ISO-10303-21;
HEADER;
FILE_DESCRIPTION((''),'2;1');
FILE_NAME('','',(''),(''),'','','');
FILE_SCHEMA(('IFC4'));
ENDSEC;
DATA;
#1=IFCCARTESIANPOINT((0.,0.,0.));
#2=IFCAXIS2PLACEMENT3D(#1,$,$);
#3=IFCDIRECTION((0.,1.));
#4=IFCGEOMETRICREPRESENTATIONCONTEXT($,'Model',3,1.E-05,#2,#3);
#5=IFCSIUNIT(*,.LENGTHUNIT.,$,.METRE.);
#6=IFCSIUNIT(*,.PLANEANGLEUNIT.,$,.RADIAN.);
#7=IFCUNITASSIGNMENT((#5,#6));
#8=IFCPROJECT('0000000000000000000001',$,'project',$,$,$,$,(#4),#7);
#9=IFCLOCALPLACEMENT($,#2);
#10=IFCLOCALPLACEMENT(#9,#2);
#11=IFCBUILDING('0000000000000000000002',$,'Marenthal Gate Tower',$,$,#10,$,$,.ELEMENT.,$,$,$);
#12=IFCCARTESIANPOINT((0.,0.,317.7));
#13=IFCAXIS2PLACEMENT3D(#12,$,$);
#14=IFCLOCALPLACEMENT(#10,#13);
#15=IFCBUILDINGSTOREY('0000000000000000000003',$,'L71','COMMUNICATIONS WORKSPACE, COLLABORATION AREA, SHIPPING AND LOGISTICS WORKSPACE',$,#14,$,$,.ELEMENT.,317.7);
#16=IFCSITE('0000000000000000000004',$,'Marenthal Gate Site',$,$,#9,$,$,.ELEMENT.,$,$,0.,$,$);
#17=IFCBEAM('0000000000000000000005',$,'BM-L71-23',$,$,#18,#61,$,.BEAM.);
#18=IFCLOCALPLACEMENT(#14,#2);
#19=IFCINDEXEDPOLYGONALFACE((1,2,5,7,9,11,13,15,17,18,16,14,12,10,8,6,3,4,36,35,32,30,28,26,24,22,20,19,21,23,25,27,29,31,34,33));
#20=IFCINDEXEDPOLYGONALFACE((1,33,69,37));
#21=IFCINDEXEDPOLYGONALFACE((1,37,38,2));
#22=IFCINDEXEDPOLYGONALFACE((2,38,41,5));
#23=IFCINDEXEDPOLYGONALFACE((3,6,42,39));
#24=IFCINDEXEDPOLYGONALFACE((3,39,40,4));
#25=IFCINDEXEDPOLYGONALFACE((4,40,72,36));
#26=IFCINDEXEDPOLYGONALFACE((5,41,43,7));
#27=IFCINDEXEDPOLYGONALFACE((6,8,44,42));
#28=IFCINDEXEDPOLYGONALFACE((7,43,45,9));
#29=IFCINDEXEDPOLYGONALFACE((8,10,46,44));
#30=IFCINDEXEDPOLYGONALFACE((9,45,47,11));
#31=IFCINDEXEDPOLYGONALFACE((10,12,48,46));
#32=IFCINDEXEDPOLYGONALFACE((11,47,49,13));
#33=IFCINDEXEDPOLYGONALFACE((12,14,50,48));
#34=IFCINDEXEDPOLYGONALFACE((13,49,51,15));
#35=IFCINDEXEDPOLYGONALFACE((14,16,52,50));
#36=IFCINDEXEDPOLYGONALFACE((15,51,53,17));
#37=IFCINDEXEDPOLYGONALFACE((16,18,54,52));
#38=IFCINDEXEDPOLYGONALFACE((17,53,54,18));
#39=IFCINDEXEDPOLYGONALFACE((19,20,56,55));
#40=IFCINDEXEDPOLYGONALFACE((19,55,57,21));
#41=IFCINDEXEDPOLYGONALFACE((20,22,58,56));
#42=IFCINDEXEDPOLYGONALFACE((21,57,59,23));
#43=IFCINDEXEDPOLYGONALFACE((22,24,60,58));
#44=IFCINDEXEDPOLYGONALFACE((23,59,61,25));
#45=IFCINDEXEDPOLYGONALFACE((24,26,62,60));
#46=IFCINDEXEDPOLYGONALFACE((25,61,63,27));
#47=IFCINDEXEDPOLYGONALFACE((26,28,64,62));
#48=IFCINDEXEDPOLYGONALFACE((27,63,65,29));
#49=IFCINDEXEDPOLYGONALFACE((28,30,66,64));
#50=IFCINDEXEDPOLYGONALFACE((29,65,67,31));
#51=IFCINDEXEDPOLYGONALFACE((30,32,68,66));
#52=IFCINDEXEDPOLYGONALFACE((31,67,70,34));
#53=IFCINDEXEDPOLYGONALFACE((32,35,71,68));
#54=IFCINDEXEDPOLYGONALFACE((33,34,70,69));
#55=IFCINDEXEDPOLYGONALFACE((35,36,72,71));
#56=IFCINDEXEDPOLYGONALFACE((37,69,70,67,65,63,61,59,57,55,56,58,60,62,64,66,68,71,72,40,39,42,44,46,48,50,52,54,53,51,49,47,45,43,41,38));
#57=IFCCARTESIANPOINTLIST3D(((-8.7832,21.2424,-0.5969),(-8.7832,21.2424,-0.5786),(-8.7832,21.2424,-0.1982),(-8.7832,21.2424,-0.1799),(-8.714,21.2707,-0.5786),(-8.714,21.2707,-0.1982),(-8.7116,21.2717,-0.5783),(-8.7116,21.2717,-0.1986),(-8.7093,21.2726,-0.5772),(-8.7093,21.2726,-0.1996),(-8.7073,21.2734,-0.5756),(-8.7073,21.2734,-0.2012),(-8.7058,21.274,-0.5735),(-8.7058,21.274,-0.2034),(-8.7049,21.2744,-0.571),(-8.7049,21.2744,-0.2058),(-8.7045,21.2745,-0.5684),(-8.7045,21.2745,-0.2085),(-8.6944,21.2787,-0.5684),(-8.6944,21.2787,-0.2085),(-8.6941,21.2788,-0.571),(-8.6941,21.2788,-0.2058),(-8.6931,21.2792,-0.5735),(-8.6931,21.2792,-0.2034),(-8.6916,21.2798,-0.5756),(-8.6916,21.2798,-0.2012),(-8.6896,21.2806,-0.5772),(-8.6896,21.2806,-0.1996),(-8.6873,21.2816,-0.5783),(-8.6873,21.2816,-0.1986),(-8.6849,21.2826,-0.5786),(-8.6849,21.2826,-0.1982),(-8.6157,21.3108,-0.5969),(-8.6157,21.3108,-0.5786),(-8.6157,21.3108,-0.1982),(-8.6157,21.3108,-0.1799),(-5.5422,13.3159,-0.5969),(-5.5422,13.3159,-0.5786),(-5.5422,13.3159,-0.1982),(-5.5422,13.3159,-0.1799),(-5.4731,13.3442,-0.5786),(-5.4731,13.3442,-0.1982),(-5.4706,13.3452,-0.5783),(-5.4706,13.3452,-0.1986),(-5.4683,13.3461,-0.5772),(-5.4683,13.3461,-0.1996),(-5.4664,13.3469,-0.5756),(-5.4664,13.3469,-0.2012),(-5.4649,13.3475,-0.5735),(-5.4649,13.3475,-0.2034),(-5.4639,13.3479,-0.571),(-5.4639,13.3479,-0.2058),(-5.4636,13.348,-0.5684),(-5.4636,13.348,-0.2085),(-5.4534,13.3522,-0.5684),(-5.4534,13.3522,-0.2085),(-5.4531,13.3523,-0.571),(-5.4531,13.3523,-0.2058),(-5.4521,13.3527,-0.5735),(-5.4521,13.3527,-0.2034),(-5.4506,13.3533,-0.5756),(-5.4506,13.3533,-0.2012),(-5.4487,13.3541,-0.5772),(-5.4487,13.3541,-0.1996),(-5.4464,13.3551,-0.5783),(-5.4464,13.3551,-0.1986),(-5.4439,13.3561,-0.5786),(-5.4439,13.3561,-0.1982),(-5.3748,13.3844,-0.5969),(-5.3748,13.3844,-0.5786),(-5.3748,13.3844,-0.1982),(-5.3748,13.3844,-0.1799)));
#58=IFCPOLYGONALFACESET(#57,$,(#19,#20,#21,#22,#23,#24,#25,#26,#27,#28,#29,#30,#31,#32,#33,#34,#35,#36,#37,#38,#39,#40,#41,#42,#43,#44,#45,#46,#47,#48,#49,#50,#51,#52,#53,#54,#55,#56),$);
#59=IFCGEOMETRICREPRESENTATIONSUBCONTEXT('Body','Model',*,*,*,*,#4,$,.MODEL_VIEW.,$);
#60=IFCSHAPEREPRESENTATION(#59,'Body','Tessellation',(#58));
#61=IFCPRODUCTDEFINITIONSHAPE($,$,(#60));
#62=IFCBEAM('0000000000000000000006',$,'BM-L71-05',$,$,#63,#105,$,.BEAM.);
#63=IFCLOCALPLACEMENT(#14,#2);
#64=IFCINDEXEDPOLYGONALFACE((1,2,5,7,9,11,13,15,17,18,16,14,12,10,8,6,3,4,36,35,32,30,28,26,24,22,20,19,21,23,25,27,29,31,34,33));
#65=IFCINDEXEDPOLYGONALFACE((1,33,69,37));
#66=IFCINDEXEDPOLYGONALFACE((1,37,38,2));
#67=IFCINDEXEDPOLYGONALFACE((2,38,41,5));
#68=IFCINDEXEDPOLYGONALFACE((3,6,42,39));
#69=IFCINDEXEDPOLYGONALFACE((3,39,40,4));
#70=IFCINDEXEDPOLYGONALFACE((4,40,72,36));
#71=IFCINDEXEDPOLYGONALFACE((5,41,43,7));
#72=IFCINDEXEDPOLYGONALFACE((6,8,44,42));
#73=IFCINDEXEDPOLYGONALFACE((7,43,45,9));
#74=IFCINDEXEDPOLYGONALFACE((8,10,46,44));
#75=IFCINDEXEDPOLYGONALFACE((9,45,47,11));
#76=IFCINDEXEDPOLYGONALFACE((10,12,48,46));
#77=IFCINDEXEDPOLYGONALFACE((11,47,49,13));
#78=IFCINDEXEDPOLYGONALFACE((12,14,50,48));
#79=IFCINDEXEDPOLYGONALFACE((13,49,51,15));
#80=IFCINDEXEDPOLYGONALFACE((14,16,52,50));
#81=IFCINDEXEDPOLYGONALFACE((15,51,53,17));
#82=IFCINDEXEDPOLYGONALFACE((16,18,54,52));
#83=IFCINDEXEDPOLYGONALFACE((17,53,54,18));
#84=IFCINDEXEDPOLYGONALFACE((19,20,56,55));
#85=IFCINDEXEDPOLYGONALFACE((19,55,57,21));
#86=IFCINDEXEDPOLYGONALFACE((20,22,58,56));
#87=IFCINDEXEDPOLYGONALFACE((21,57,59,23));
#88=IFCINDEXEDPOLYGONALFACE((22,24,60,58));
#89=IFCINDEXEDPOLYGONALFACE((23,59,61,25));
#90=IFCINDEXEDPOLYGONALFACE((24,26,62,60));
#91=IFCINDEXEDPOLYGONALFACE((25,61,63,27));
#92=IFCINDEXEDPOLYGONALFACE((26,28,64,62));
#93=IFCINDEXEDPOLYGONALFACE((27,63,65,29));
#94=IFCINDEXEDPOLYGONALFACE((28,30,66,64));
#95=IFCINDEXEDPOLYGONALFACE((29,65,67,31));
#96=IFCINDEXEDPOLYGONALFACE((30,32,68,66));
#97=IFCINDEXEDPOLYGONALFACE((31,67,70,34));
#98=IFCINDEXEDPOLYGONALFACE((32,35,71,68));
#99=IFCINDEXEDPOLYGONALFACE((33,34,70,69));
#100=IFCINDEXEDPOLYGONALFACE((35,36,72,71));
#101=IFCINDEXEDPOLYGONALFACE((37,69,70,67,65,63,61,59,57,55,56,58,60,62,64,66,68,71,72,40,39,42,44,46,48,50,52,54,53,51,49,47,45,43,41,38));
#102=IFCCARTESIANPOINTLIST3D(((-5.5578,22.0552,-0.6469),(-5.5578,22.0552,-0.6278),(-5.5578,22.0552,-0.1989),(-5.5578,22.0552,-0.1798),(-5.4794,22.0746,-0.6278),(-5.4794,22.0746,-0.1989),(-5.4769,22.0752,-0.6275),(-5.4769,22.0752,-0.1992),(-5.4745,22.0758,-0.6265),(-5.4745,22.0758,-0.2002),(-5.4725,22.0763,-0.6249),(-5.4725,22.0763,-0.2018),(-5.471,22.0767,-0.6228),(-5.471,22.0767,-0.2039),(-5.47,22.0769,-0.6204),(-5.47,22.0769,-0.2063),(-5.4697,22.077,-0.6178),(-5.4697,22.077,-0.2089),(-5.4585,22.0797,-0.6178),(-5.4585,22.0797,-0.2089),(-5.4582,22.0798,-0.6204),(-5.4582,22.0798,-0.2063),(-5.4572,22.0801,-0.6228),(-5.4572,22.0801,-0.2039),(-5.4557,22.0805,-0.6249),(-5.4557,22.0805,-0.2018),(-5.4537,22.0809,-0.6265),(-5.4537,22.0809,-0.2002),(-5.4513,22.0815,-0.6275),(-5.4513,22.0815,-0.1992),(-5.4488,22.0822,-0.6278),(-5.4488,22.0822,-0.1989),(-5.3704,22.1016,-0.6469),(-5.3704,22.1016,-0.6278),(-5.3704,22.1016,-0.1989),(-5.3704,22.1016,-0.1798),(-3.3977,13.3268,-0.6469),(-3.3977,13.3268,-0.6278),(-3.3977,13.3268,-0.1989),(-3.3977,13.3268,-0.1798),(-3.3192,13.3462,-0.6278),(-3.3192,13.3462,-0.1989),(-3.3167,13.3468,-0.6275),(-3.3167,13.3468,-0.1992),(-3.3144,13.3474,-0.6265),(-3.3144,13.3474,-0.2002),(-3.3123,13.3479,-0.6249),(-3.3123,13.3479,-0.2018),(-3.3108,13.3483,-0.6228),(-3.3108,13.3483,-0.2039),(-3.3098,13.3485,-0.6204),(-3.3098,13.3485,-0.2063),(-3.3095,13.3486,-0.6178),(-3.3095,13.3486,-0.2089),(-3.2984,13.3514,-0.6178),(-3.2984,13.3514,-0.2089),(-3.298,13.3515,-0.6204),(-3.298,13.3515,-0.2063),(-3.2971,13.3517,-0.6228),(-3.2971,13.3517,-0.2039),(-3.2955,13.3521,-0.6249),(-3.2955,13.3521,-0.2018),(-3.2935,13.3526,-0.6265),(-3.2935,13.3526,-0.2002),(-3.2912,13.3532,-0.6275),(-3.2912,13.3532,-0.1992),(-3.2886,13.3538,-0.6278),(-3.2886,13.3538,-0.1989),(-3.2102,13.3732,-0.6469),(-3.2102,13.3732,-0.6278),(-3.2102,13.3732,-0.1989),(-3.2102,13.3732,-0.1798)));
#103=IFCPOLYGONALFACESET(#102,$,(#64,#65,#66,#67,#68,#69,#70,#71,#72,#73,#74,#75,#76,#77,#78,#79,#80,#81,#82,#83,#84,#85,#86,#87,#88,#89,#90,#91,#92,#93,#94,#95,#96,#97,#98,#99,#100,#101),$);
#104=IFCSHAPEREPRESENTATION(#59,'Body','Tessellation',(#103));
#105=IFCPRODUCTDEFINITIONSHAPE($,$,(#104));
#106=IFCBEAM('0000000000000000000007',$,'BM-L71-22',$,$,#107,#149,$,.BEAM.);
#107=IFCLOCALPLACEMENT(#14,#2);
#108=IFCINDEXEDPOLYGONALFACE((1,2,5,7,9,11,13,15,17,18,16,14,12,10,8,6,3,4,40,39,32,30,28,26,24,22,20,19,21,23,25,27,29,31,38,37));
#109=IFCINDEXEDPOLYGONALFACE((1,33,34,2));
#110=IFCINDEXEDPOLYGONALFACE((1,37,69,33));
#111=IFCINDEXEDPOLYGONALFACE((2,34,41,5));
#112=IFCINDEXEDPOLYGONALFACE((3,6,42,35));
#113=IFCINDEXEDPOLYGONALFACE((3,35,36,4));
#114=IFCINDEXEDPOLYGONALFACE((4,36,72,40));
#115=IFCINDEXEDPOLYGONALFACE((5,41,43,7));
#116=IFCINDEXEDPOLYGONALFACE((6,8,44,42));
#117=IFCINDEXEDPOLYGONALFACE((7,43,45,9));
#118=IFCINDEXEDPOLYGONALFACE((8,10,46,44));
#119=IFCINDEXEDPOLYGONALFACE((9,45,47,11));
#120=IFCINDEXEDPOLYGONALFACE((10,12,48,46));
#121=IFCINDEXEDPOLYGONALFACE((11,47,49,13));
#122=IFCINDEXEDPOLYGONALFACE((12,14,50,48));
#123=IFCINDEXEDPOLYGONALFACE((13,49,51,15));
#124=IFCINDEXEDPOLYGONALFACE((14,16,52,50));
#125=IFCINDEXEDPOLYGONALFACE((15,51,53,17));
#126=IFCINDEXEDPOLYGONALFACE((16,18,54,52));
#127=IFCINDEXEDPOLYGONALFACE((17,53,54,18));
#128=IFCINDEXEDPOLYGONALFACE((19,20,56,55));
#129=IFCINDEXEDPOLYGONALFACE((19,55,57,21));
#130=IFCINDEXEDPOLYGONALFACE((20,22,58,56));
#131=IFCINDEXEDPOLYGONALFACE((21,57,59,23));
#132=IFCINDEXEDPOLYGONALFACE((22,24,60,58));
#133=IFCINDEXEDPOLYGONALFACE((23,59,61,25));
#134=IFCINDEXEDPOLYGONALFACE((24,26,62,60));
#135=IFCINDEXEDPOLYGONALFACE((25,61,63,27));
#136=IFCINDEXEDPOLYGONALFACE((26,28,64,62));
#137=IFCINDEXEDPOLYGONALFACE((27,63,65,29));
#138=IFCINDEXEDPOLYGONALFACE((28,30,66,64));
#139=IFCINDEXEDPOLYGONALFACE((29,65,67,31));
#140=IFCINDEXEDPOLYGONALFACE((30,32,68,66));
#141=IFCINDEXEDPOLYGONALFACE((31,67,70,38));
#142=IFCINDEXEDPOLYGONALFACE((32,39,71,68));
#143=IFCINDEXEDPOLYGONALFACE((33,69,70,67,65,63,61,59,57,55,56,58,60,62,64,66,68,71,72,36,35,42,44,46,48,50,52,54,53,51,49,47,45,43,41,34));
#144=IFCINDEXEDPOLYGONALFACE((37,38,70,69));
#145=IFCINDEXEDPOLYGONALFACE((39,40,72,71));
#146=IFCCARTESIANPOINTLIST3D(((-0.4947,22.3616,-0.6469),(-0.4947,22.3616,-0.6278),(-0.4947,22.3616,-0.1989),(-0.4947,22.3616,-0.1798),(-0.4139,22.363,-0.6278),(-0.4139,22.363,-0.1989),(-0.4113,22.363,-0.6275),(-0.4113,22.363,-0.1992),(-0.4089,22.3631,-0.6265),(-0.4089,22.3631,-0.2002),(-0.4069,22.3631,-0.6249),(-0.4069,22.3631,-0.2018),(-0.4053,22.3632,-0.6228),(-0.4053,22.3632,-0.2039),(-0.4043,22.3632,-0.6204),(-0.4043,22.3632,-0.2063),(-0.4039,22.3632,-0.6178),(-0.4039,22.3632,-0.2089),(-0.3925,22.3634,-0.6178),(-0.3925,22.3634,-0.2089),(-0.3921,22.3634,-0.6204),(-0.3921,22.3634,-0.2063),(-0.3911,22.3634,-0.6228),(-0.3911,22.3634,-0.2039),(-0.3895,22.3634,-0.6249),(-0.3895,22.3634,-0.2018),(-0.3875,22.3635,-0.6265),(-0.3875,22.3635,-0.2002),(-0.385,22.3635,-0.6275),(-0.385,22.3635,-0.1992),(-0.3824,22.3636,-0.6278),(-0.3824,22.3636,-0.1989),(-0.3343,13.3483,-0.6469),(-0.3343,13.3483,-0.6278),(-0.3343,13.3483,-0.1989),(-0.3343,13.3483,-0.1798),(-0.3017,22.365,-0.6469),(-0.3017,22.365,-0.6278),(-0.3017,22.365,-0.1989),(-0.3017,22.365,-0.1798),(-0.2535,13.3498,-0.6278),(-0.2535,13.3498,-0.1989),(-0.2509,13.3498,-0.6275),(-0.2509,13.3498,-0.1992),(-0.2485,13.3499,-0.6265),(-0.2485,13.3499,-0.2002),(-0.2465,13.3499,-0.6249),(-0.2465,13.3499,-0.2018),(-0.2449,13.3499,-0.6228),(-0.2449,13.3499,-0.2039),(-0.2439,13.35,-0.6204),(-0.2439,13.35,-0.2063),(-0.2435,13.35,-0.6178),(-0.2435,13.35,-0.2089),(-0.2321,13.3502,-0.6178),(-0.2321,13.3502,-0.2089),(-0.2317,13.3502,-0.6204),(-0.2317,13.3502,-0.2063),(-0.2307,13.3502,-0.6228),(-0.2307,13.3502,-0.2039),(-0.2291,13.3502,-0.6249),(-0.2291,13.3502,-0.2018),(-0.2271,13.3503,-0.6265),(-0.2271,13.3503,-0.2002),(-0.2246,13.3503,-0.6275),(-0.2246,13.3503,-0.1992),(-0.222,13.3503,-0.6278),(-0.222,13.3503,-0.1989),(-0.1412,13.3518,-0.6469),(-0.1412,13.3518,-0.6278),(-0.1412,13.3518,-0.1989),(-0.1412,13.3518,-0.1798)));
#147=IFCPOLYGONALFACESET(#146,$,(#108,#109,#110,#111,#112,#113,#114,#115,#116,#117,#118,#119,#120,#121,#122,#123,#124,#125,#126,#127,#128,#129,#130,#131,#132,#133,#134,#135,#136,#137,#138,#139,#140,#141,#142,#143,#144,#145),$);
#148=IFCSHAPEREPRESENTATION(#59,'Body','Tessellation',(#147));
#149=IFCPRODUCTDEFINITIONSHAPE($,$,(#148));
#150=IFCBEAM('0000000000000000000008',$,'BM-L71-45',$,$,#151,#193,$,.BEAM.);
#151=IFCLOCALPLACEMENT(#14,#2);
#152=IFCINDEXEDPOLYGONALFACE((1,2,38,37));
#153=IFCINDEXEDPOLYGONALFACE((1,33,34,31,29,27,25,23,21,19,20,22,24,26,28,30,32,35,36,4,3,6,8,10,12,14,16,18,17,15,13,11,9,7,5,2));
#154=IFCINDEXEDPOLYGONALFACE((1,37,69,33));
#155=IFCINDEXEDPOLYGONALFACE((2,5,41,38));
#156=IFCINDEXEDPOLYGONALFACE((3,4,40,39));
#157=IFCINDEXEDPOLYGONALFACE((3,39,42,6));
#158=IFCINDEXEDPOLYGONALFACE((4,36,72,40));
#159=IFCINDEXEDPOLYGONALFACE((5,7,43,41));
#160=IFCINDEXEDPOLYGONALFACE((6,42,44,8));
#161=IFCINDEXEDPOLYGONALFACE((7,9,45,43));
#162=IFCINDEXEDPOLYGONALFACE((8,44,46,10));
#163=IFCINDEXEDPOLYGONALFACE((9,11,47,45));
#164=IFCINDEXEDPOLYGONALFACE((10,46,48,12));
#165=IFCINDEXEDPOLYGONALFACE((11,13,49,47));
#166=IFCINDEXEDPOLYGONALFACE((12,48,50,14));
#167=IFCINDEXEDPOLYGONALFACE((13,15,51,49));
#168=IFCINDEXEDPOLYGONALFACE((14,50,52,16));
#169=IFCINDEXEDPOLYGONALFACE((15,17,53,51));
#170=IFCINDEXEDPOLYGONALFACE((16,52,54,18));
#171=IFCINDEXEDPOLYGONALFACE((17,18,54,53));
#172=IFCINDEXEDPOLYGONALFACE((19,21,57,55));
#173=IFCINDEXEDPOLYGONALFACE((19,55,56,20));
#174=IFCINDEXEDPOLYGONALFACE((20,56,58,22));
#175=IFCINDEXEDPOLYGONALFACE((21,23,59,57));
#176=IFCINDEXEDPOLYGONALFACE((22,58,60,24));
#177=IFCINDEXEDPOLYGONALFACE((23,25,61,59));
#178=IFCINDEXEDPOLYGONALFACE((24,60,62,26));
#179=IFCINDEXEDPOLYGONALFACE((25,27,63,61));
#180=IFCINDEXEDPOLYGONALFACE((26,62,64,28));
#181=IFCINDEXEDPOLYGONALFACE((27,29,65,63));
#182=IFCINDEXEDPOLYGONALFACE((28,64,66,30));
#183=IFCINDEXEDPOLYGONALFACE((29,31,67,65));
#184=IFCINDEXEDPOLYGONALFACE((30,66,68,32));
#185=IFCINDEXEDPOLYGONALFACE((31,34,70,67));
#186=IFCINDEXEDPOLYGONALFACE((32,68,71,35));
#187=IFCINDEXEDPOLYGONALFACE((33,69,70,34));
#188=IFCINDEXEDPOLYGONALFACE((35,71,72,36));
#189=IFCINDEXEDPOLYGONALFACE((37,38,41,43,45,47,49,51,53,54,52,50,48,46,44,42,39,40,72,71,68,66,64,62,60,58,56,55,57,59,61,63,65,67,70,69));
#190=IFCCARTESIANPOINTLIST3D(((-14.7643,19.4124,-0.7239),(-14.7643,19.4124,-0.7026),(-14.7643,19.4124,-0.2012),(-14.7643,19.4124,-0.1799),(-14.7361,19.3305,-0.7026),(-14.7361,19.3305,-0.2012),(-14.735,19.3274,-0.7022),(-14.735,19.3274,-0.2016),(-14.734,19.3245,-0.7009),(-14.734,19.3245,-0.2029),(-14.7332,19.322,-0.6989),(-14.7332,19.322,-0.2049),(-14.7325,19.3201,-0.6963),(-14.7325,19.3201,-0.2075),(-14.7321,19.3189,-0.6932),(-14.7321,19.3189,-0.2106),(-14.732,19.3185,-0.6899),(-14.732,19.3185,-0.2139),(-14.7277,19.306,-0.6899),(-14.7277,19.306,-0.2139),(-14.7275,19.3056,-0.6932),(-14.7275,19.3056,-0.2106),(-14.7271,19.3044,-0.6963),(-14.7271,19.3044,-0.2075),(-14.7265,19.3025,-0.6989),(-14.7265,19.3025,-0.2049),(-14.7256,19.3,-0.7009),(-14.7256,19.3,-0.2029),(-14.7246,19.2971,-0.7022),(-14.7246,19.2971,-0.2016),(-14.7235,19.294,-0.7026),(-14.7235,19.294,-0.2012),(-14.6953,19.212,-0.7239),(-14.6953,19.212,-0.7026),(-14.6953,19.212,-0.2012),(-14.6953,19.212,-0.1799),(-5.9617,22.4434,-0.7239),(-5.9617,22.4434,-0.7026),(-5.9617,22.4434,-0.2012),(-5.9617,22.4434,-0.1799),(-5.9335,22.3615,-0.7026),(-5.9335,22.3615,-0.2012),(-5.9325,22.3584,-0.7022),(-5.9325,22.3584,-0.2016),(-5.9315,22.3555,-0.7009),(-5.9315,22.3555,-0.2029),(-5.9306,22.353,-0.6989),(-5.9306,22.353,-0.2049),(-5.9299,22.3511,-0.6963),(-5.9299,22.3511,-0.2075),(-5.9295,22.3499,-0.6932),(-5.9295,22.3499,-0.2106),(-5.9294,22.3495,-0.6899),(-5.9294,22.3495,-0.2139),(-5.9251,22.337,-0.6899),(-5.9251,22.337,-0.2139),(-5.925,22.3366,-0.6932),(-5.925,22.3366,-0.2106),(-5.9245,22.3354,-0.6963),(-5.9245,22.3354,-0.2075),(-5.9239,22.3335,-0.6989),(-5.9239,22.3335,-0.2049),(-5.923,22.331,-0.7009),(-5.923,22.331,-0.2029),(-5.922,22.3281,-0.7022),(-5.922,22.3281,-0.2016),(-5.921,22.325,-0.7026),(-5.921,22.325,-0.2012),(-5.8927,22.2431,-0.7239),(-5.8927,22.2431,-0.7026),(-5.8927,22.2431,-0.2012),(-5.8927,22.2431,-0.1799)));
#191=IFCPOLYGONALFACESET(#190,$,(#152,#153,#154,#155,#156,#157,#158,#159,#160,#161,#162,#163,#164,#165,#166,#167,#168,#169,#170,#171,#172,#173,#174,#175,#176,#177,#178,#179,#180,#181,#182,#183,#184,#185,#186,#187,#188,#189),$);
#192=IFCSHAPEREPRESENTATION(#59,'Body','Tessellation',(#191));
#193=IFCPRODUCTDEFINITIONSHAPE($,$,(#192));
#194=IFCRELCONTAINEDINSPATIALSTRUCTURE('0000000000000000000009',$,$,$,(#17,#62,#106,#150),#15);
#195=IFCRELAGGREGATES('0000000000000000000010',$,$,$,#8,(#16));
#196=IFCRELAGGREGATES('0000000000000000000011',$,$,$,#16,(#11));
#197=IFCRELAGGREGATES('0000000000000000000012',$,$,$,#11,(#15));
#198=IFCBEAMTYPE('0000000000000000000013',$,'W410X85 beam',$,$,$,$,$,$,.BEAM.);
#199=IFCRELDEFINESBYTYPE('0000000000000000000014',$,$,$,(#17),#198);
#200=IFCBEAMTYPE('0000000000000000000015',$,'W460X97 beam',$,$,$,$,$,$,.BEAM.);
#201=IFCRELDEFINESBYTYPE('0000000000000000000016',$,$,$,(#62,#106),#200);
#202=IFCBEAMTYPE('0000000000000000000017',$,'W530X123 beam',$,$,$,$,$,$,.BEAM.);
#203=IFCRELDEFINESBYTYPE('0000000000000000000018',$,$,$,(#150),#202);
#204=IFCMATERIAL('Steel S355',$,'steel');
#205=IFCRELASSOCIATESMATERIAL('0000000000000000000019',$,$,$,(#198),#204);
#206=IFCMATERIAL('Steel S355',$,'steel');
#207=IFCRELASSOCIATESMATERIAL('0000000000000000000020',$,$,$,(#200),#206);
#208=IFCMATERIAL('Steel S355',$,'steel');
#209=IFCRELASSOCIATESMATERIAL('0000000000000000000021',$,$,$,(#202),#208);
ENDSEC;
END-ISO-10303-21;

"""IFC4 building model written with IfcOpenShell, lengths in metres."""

from ifc_helpers import new_model, si_unit, direction, frame, origin, origin_2d, place, context, subcontext, project, spatial, i_section, extrude, material, material_profile, profile_set, type_object, element, save


model = new_model("IFC4")

# Units and contexts
model_context = context("Model", 3, precision=1e-05, world=origin(), true_north=direction((0.0, 1.0)))
body_context = subcontext(model_context, "Body", "Model", "MODEL_VIEW")
ifc_project = project(units=[si_unit("LENGTHUNIT", "METRE"), si_unit("PLANEANGLEUNIT", "RADIAN")], contexts=[model_context])

# Site, building, storey
site_placement = place(None, origin())
site = spatial("IfcSite", under=ifc_project, at=site_placement, Name="Marenthal Gate Site", CompositionType="ELEMENT", RefElevation=0.0)
building_placement = place(site_placement, origin())
building = spatial("IfcBuilding", under=site, at=building_placement, Name="Marenthal Gate Tower", CompositionType="ELEMENT")
storey_placement = place(building_placement, frame((0.0, 0.0, 317.7)))
storey = spatial("IfcBuildingStorey", under=building, at=storey_placement, Name="L71", Description="COMMUNICATIONS WORKSPACE, COLLABORATION AREA, SHIPPING AND LOGISTICS WORKSPACE", CompositionType="ELEMENT", Elevation=317.7)

# Beams
ifc_material_1 = material(Name="Steel S355", Category="steel")
ifc_material_profile_1 = material_profile(ifc_material_1, i_section(OverallWidth=0.1809, OverallDepth=0.417, WebThickness=0.011, FlangeThickness=0.0183, FilletRadius=0.0103, at=origin_2d()), Name="W410X85")
ifc_profile_set_1 = profile_set([ifc_material_profile_1], Name="Steel S355")
beam_type_1 = type_object("IfcBeamType", Name="W410X85 beam", PredefinedType="BEAM", material=ifc_profile_set_1)
beam_1_placement = place(storey_placement, frame((-8.6995, 21.2766, -0.3884), z_axis=(0.378463, -0.925616, 0.0), x_axis=(0.925616, 0.378463, 0.0)))
element("IfcBeam", 1, at=beam_1_placement, inside=storey, type_object=beam_type_1, Name="BM-L71-23", PredefinedType="BEAM", context=body_context, shape_type="SweptSolid", body=[
    extrude(i_section(OverallWidth=0.1809, OverallDepth=0.417, WebThickness=0.011, FlangeThickness=0.0183, FilletRadius=0.0103, at=origin_2d()), origin(), (0.0, 0.0, 1.0), 8.5635),
])
ifc_material_2 = material(Name="Steel S355", Category="steel")
ifc_material_profile_2 = material_profile(ifc_material_2, i_section(OverallWidth=0.1931, OverallDepth=0.467, WebThickness=0.0115, FlangeThickness=0.019, FilletRadius=0.01, at=origin_2d()), Name="W460X97")
ifc_profile_set_2 = profile_set([ifc_material_profile_2], Name="Steel S355")
beam_type_2 = type_object("IfcBeamType", Name="W460X97 beam", PredefinedType="BEAM", material=ifc_profile_set_2)
beam_2_placement = place(storey_placement, frame((-5.4641, 22.0784, -0.4133), z_axis=(0.240241, -0.970713, 0.0), x_axis=(0.970713, 0.240241, 0.0)))
element("IfcBeam", 2, at=beam_2_placement, inside=storey, type_object=beam_type_2, Name="BM-L71-05", PredefinedType="BEAM", context=body_context, shape_type="SweptSolid", body=[
    extrude(i_section(OverallWidth=0.1931, OverallDepth=0.467, WebThickness=0.0115, FlangeThickness=0.019, FilletRadius=0.01, at=origin_2d()), origin(), (0.0, 0.0, 1.0), 8.9917),
])
beam_3_placement = place(storey_placement, frame((-0.3982, 22.3633, -0.4133), z_axis=(0.017793, -0.999842, 0.0), x_axis=(0.999842, 0.017793, 0.0)))
element("IfcBeam", 3, at=beam_3_placement, inside=storey, type_object=beam_type_2, Name="BM-L71-22", PredefinedType="BEAM", context=body_context, shape_type="SweptSolid", body=[
    extrude(i_section(OverallWidth=0.1931, OverallDepth=0.467, WebThickness=0.0115, FlangeThickness=0.019, FilletRadius=0.01, at=origin_2d()), origin(), (0.0, 0.0, 1.0), 9.0146),
])
ifc_material_3 = material(Name="Steel S355", Category="steel")
ifc_material_profile_3 = material_profile(ifc_material_3, i_section(OverallWidth=0.2119, OverallDepth=0.5439, WebThickness=0.0132, FlangeThickness=0.0212, FilletRadius=0.0127, at=origin_2d()), Name="W530X123")
ifc_profile_set_3 = profile_set([ifc_material_profile_3], Name="Steel S355")
beam_type_3 = type_object("IfcBeamType", Name="W530X123 beam", PredefinedType="BEAM", material=ifc_profile_set_3)
beam_4_placement = place(storey_placement, frame((-5.9272, 22.3433, -0.4519), z_axis=(-0.945516, -0.325574, 0.0), x_axis=(0.325574, -0.945516, 0.0)))
element("IfcBeam", 4, at=beam_4_placement, inside=storey, type_object=beam_type_3, Name="BM-L71-45", PredefinedType="BEAM", context=body_context, shape_type="SweptSolid", body=[
    extrude(i_section(OverallWidth=0.2119, OverallDepth=0.5439, WebThickness=0.0132, FlangeThickness=0.0212, FilletRadius=0.0127, at=origin_2d()), origin(), (0.0, 0.0, 1.0), 9.3098),
])

save(model, "model.ifc")
